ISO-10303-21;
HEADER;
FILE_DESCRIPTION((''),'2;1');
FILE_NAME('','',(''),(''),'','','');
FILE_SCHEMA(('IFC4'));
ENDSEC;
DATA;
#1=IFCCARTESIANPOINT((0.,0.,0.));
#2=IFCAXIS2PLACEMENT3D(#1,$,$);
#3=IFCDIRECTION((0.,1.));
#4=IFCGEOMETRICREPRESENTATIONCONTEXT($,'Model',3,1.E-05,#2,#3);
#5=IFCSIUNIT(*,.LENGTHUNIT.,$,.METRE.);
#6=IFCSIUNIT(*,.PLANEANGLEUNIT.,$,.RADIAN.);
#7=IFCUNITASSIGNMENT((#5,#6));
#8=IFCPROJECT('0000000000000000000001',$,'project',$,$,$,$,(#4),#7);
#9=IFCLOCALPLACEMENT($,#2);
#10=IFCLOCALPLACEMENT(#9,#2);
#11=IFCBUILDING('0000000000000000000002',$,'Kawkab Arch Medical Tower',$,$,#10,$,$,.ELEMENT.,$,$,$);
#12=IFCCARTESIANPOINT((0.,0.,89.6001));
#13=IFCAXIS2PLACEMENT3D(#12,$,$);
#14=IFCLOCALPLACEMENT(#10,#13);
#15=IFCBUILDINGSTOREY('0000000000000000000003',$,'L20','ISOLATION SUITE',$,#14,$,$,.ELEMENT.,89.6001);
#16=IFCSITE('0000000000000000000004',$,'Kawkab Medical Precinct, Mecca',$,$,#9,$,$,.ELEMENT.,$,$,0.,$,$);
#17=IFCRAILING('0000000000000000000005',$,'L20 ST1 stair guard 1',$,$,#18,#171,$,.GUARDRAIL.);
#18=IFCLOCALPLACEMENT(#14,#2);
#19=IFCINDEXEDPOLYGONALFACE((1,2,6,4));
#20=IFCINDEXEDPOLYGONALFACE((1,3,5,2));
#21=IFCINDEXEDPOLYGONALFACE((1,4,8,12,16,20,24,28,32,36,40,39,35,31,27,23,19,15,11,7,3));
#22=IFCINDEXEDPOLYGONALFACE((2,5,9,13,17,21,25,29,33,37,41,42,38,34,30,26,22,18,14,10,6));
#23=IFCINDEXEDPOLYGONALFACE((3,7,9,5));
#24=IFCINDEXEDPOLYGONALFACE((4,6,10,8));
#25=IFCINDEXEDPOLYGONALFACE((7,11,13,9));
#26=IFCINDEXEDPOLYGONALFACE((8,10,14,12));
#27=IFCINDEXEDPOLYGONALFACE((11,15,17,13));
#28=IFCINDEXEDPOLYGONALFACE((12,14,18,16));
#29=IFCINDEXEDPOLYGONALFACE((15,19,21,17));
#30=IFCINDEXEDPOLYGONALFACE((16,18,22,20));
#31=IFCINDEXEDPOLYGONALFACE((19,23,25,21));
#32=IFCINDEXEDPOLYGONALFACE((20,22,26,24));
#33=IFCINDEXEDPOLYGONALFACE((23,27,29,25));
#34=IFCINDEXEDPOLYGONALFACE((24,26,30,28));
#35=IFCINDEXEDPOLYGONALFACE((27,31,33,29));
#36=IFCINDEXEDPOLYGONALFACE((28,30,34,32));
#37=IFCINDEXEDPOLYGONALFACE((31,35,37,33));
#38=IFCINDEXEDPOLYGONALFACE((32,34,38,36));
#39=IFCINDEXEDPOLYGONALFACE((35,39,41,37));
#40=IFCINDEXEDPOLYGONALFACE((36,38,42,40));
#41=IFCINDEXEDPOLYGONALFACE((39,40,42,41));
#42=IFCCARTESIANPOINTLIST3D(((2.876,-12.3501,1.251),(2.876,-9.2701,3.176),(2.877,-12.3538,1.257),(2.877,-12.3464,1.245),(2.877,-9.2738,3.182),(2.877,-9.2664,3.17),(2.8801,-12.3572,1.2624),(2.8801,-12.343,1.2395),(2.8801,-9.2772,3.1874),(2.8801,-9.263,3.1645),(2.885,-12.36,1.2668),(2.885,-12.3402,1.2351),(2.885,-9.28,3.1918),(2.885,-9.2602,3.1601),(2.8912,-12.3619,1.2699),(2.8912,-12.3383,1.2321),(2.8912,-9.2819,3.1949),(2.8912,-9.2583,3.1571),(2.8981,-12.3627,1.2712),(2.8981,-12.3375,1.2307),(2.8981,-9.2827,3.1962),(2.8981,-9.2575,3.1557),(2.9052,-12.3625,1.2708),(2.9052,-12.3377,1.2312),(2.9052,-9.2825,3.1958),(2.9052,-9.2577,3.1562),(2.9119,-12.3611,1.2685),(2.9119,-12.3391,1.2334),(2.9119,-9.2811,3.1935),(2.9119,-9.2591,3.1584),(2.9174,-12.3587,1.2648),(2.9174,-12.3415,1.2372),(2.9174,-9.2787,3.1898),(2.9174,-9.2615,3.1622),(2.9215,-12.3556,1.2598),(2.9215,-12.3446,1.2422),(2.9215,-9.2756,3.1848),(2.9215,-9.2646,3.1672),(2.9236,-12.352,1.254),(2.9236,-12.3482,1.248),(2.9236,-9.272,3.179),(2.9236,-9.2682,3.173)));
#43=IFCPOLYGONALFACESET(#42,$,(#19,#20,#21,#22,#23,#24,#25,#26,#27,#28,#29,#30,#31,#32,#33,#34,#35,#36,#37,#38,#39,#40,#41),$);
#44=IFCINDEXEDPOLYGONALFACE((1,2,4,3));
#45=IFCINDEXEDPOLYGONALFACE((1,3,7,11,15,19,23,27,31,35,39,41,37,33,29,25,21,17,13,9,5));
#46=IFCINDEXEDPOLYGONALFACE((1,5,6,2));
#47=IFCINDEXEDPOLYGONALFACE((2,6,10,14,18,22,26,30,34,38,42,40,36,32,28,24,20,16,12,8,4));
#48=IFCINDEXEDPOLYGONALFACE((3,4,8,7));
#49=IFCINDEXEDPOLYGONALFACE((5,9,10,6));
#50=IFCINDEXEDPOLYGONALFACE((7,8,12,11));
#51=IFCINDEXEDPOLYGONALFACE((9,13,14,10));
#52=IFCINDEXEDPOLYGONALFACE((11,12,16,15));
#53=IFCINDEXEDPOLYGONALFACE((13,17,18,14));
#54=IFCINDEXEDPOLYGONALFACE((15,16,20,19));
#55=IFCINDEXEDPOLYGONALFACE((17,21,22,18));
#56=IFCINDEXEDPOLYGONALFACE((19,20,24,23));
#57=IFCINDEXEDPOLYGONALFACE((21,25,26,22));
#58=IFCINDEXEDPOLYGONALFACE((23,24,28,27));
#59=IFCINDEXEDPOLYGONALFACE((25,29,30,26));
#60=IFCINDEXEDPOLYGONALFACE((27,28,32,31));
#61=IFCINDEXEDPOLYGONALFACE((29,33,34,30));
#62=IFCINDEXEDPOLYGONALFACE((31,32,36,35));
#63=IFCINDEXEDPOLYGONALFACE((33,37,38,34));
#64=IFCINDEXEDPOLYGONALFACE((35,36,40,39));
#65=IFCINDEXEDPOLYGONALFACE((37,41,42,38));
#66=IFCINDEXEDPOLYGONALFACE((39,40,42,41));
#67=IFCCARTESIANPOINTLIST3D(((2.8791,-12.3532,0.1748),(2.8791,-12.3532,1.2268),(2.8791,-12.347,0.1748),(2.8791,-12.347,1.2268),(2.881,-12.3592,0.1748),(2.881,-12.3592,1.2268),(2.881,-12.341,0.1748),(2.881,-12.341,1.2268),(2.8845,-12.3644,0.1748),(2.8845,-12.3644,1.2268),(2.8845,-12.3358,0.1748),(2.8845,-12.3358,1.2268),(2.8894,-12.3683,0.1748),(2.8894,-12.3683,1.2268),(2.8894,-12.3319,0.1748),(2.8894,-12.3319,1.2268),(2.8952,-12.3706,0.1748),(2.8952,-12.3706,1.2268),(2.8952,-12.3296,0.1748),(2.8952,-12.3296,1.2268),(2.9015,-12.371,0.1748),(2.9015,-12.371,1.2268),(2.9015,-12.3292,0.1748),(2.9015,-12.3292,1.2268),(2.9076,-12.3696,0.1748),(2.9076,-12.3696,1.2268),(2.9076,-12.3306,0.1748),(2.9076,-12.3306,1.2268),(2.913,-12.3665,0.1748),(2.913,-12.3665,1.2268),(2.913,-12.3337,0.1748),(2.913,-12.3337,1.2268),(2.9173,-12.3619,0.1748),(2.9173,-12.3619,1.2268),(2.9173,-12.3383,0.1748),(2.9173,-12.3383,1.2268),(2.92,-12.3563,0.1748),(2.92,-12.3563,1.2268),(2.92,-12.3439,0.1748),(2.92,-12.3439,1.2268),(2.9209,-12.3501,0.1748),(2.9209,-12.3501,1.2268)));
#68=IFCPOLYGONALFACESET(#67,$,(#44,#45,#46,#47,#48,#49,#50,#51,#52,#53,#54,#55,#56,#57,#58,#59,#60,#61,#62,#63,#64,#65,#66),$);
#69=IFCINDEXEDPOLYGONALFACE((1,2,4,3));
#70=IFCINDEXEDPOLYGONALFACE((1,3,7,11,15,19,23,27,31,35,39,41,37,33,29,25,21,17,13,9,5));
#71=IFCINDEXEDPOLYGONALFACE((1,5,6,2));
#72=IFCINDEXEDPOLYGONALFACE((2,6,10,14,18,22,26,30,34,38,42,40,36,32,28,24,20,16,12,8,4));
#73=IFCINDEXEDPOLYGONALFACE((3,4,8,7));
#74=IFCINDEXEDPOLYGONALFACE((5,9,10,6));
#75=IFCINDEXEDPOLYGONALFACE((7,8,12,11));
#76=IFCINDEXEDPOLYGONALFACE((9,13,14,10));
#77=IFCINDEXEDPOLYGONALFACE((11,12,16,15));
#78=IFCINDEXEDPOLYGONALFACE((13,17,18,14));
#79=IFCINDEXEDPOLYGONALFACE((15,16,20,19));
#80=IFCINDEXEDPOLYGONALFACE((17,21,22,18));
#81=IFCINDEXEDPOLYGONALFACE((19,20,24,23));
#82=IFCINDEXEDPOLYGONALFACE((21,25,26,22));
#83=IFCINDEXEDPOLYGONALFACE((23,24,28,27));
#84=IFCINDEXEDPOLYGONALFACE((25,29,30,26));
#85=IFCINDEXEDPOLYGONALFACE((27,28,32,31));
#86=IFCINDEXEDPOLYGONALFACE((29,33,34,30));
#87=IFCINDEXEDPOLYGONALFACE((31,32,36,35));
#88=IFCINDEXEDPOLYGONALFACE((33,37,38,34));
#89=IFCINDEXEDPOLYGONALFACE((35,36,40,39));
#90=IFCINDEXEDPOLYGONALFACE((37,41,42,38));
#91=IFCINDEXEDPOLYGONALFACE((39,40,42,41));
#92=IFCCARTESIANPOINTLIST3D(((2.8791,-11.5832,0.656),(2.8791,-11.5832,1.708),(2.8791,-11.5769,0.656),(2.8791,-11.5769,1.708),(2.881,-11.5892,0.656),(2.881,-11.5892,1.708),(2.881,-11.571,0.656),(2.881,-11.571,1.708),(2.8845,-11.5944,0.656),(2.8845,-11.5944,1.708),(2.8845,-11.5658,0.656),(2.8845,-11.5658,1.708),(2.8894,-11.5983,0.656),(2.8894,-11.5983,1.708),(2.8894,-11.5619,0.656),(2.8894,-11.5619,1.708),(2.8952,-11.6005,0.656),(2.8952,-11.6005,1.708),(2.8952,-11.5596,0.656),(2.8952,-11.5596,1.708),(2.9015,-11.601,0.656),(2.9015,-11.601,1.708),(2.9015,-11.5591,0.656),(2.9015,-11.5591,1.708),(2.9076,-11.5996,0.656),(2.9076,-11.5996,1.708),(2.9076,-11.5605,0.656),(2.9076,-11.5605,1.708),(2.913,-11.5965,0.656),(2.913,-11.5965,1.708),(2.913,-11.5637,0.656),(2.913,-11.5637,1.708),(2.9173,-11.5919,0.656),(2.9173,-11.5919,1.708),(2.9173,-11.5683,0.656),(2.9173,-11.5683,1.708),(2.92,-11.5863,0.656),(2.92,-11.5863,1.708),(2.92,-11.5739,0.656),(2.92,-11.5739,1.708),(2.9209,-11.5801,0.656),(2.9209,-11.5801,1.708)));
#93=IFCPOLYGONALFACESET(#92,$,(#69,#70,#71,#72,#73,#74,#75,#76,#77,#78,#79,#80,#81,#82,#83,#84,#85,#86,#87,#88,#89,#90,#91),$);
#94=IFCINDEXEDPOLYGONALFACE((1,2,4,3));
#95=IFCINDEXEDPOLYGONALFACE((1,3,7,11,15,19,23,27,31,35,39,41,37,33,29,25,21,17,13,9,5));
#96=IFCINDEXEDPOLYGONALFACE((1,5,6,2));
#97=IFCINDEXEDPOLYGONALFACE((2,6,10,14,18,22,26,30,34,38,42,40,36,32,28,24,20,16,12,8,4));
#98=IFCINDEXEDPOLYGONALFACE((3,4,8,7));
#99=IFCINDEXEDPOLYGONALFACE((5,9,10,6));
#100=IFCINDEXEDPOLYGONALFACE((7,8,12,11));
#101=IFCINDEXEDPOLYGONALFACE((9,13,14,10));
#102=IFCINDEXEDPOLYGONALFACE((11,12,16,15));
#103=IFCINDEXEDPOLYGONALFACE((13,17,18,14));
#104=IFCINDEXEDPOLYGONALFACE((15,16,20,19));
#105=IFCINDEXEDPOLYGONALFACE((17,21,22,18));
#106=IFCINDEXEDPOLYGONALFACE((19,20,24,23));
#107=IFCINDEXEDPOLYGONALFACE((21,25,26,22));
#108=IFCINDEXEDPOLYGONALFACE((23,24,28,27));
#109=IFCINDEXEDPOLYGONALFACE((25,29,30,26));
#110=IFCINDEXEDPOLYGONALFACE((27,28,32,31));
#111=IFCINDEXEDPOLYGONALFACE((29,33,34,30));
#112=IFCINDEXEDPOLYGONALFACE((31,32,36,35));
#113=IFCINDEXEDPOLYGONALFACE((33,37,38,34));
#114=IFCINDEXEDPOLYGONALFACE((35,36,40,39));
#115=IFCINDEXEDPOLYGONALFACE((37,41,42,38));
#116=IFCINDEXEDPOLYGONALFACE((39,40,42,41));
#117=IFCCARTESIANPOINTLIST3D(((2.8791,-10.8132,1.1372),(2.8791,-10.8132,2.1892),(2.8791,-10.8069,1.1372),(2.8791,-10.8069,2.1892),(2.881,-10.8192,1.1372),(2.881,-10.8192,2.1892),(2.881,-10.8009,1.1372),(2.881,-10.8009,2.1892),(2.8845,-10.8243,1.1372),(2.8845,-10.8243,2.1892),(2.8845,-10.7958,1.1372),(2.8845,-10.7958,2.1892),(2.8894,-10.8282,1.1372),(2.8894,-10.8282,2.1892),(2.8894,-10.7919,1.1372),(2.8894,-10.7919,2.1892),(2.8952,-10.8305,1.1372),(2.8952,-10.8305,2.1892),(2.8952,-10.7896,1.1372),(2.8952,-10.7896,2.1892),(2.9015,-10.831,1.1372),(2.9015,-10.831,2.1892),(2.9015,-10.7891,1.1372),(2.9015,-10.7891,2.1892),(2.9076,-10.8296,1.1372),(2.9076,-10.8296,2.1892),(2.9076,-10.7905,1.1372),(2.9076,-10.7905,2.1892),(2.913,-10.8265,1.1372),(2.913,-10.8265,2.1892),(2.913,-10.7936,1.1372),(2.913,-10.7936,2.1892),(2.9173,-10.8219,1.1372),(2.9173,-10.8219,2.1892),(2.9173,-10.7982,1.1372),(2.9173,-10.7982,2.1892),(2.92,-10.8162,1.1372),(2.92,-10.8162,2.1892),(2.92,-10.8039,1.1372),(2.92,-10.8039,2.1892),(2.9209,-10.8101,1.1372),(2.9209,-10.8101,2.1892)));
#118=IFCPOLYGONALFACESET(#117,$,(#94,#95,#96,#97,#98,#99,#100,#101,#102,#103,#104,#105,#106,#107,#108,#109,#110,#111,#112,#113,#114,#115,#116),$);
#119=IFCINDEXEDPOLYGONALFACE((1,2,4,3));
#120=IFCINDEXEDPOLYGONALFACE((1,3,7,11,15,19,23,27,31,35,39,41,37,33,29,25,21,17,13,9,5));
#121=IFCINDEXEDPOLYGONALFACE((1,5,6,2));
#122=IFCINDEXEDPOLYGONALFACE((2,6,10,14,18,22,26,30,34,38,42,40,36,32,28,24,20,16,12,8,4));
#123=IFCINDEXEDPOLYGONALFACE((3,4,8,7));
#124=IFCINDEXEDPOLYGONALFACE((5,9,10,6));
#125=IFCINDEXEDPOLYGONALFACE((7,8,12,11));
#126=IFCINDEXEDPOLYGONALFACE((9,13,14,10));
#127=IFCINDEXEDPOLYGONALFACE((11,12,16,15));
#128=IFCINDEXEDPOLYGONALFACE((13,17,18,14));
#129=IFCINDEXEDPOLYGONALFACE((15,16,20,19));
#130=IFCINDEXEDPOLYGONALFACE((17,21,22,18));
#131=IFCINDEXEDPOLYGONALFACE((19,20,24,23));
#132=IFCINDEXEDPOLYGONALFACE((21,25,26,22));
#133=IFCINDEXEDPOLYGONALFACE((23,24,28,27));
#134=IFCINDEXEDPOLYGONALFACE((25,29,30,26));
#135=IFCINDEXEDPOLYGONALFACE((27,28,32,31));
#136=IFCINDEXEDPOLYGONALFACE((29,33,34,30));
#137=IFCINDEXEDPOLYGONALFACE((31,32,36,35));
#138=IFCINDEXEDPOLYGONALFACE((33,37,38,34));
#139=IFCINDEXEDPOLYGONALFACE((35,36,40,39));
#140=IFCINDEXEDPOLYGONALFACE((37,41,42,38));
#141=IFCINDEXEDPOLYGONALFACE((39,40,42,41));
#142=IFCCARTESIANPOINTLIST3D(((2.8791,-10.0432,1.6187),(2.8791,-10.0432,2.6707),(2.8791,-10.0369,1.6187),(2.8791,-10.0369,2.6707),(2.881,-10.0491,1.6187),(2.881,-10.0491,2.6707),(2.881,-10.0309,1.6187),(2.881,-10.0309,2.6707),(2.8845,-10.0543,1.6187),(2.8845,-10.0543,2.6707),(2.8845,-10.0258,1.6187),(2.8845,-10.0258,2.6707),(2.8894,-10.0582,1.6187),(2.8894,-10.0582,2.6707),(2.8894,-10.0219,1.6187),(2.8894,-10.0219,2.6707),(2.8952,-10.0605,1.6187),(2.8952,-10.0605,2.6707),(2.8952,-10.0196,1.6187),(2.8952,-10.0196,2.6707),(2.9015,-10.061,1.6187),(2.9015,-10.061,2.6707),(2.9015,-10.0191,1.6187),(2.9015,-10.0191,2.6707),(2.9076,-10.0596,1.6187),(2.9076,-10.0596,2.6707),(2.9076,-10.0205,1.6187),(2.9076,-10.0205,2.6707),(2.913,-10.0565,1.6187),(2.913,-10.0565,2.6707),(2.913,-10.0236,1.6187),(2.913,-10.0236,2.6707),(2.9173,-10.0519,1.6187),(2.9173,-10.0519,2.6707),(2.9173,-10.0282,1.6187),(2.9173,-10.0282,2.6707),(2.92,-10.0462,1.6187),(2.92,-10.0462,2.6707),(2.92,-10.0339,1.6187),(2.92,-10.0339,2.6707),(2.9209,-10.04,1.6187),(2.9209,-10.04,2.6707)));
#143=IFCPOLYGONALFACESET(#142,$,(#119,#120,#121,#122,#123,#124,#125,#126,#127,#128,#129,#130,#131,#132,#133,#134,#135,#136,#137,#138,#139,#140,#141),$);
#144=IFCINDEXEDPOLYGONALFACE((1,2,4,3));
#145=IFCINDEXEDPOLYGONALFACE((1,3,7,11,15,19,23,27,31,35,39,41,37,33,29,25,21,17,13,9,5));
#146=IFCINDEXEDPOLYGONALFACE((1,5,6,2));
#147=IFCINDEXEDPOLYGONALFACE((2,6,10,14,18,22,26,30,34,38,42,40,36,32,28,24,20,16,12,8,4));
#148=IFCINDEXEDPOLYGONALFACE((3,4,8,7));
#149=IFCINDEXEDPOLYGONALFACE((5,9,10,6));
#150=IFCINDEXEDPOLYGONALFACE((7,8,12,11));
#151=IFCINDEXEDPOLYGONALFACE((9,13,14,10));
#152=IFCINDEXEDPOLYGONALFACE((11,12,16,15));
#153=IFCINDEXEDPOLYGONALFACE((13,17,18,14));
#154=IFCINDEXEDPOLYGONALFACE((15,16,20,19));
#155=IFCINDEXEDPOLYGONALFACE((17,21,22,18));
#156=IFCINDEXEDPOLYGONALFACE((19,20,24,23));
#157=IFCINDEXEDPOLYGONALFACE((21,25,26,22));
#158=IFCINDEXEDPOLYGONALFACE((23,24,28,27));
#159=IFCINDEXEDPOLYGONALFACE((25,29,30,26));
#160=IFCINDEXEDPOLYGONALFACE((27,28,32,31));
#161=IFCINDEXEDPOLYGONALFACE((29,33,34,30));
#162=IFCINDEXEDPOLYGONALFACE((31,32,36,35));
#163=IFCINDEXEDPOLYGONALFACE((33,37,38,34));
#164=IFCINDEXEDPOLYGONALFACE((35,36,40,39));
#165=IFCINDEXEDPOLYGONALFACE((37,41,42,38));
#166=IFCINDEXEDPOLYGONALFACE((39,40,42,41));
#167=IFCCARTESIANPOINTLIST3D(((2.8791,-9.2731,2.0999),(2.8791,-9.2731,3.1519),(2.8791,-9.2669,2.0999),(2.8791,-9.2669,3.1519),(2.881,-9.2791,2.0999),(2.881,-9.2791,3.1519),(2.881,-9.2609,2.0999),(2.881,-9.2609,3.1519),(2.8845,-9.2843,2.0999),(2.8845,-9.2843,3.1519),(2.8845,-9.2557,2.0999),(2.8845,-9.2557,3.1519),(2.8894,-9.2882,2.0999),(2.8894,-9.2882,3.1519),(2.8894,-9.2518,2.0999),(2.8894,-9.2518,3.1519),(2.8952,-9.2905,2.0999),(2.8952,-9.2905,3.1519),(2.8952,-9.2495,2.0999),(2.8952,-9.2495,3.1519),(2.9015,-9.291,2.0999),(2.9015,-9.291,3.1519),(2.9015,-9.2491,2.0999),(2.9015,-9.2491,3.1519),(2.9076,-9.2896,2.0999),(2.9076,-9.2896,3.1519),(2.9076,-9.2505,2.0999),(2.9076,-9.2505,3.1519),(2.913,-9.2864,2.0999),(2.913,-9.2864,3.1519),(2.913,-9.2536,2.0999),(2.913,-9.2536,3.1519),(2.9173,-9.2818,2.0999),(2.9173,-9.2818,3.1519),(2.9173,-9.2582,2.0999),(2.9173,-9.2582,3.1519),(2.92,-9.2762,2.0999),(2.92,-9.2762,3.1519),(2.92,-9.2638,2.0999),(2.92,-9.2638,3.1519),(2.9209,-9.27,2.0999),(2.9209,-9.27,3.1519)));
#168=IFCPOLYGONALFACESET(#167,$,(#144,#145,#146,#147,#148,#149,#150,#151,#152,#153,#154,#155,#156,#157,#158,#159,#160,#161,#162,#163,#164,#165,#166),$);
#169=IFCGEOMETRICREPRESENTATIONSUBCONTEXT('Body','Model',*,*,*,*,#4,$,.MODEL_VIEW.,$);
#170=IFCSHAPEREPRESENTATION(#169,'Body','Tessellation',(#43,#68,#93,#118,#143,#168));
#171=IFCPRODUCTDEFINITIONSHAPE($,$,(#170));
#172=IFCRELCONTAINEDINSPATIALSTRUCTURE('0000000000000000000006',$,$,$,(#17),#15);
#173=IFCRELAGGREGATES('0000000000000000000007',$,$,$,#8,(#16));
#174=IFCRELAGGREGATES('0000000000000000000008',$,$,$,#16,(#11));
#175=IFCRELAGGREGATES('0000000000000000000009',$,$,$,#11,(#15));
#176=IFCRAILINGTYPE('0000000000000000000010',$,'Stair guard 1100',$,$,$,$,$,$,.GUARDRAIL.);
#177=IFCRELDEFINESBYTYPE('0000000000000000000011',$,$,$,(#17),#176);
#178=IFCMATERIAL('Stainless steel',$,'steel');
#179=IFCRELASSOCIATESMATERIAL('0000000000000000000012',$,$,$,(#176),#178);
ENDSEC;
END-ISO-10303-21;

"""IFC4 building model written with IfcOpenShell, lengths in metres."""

from ifc_helpers import new_model, si_unit, direction, frame, origin, origin_2d, place, context, subcontext, project, spatial, circle, extrude, material, type_object, element, save


model = new_model("IFC4")

# Units and contexts
model_context = context("Model", 3, precision=1e-05, world=origin(), true_north=direction((0.0, 1.0)))
body_context = subcontext(model_context, "Body", "Model", "MODEL_VIEW")
ifc_project = project(units=[si_unit("LENGTHUNIT", "METRE"), si_unit("PLANEANGLEUNIT", "RADIAN")], contexts=[model_context])

# Site, building, storey
site_placement = place(None, origin())
site = spatial("IfcSite", under=ifc_project, at=site_placement, Name="Kawkab Medical Precinct, Mecca", CompositionType="ELEMENT", RefElevation=0.0)
building_placement = place(site_placement, origin())
building = spatial("IfcBuilding", under=site, at=building_placement, Name="Kawkab Arch Medical Tower", CompositionType="ELEMENT")
storey_placement = place(building_placement, frame((0.0, 0.0, 89.6001)))
storey = spatial("IfcBuildingStorey", under=building, at=storey_placement, Name="L20", Description="ISOLATION SUITE", CompositionType="ELEMENT", Elevation=89.6001)

# Railing
ifc_material_1 = material(Name="Stainless steel", Category="steel")
railing_type = type_object("IfcRailingType", Name="Stair guard 1100", PredefinedType="GUARDRAIL", material=ifc_material_1)
railing_placement = place(storey_placement, frame((2.8999, -12.3501, 0.1748)))
element("IfcRailing", 1, at=railing_placement, inside=storey, type_object=railing_type, Name="L20 ST1 stair guard 1", PredefinedType="GUARDRAIL", context=body_context, shape_type="SweptSolid", body=[
    extrude(circle(Radius=0.0239, at=origin_2d()), frame((0.0, 0.0, 1.0762), z_axis=(0.0, 0.847998, 0.529999), x_axis=(-1.0, 0.0, 0.0)), (0.0, 0.0, 1.0), 3.6321),
    extrude(circle(Radius=0.021, at=origin_2d()), origin(), (0.0, 0.0, 1.0), 1.052),
    extrude(circle(Radius=0.021, at=origin_2d()), frame((0.0, 0.77, 0.4812)), (0.0, 0.0, 1.0), 1.052),
    extrude(circle(Radius=0.021, at=origin_2d()), frame((0.0, 1.54, 0.9624)), (0.0, 0.0, 1.0), 1.052),
    extrude(circle(Radius=0.021, at=origin_2d()), frame((0.0, 2.3101, 1.4438)), (0.0, 0.0, 1.0), 1.052),
    extrude(circle(Radius=0.021, at=origin_2d()), frame((0.0, 3.0801, 1.925)), (0.0, 0.0, 1.0), 1.052),
])

save(model, "model.ifc")
